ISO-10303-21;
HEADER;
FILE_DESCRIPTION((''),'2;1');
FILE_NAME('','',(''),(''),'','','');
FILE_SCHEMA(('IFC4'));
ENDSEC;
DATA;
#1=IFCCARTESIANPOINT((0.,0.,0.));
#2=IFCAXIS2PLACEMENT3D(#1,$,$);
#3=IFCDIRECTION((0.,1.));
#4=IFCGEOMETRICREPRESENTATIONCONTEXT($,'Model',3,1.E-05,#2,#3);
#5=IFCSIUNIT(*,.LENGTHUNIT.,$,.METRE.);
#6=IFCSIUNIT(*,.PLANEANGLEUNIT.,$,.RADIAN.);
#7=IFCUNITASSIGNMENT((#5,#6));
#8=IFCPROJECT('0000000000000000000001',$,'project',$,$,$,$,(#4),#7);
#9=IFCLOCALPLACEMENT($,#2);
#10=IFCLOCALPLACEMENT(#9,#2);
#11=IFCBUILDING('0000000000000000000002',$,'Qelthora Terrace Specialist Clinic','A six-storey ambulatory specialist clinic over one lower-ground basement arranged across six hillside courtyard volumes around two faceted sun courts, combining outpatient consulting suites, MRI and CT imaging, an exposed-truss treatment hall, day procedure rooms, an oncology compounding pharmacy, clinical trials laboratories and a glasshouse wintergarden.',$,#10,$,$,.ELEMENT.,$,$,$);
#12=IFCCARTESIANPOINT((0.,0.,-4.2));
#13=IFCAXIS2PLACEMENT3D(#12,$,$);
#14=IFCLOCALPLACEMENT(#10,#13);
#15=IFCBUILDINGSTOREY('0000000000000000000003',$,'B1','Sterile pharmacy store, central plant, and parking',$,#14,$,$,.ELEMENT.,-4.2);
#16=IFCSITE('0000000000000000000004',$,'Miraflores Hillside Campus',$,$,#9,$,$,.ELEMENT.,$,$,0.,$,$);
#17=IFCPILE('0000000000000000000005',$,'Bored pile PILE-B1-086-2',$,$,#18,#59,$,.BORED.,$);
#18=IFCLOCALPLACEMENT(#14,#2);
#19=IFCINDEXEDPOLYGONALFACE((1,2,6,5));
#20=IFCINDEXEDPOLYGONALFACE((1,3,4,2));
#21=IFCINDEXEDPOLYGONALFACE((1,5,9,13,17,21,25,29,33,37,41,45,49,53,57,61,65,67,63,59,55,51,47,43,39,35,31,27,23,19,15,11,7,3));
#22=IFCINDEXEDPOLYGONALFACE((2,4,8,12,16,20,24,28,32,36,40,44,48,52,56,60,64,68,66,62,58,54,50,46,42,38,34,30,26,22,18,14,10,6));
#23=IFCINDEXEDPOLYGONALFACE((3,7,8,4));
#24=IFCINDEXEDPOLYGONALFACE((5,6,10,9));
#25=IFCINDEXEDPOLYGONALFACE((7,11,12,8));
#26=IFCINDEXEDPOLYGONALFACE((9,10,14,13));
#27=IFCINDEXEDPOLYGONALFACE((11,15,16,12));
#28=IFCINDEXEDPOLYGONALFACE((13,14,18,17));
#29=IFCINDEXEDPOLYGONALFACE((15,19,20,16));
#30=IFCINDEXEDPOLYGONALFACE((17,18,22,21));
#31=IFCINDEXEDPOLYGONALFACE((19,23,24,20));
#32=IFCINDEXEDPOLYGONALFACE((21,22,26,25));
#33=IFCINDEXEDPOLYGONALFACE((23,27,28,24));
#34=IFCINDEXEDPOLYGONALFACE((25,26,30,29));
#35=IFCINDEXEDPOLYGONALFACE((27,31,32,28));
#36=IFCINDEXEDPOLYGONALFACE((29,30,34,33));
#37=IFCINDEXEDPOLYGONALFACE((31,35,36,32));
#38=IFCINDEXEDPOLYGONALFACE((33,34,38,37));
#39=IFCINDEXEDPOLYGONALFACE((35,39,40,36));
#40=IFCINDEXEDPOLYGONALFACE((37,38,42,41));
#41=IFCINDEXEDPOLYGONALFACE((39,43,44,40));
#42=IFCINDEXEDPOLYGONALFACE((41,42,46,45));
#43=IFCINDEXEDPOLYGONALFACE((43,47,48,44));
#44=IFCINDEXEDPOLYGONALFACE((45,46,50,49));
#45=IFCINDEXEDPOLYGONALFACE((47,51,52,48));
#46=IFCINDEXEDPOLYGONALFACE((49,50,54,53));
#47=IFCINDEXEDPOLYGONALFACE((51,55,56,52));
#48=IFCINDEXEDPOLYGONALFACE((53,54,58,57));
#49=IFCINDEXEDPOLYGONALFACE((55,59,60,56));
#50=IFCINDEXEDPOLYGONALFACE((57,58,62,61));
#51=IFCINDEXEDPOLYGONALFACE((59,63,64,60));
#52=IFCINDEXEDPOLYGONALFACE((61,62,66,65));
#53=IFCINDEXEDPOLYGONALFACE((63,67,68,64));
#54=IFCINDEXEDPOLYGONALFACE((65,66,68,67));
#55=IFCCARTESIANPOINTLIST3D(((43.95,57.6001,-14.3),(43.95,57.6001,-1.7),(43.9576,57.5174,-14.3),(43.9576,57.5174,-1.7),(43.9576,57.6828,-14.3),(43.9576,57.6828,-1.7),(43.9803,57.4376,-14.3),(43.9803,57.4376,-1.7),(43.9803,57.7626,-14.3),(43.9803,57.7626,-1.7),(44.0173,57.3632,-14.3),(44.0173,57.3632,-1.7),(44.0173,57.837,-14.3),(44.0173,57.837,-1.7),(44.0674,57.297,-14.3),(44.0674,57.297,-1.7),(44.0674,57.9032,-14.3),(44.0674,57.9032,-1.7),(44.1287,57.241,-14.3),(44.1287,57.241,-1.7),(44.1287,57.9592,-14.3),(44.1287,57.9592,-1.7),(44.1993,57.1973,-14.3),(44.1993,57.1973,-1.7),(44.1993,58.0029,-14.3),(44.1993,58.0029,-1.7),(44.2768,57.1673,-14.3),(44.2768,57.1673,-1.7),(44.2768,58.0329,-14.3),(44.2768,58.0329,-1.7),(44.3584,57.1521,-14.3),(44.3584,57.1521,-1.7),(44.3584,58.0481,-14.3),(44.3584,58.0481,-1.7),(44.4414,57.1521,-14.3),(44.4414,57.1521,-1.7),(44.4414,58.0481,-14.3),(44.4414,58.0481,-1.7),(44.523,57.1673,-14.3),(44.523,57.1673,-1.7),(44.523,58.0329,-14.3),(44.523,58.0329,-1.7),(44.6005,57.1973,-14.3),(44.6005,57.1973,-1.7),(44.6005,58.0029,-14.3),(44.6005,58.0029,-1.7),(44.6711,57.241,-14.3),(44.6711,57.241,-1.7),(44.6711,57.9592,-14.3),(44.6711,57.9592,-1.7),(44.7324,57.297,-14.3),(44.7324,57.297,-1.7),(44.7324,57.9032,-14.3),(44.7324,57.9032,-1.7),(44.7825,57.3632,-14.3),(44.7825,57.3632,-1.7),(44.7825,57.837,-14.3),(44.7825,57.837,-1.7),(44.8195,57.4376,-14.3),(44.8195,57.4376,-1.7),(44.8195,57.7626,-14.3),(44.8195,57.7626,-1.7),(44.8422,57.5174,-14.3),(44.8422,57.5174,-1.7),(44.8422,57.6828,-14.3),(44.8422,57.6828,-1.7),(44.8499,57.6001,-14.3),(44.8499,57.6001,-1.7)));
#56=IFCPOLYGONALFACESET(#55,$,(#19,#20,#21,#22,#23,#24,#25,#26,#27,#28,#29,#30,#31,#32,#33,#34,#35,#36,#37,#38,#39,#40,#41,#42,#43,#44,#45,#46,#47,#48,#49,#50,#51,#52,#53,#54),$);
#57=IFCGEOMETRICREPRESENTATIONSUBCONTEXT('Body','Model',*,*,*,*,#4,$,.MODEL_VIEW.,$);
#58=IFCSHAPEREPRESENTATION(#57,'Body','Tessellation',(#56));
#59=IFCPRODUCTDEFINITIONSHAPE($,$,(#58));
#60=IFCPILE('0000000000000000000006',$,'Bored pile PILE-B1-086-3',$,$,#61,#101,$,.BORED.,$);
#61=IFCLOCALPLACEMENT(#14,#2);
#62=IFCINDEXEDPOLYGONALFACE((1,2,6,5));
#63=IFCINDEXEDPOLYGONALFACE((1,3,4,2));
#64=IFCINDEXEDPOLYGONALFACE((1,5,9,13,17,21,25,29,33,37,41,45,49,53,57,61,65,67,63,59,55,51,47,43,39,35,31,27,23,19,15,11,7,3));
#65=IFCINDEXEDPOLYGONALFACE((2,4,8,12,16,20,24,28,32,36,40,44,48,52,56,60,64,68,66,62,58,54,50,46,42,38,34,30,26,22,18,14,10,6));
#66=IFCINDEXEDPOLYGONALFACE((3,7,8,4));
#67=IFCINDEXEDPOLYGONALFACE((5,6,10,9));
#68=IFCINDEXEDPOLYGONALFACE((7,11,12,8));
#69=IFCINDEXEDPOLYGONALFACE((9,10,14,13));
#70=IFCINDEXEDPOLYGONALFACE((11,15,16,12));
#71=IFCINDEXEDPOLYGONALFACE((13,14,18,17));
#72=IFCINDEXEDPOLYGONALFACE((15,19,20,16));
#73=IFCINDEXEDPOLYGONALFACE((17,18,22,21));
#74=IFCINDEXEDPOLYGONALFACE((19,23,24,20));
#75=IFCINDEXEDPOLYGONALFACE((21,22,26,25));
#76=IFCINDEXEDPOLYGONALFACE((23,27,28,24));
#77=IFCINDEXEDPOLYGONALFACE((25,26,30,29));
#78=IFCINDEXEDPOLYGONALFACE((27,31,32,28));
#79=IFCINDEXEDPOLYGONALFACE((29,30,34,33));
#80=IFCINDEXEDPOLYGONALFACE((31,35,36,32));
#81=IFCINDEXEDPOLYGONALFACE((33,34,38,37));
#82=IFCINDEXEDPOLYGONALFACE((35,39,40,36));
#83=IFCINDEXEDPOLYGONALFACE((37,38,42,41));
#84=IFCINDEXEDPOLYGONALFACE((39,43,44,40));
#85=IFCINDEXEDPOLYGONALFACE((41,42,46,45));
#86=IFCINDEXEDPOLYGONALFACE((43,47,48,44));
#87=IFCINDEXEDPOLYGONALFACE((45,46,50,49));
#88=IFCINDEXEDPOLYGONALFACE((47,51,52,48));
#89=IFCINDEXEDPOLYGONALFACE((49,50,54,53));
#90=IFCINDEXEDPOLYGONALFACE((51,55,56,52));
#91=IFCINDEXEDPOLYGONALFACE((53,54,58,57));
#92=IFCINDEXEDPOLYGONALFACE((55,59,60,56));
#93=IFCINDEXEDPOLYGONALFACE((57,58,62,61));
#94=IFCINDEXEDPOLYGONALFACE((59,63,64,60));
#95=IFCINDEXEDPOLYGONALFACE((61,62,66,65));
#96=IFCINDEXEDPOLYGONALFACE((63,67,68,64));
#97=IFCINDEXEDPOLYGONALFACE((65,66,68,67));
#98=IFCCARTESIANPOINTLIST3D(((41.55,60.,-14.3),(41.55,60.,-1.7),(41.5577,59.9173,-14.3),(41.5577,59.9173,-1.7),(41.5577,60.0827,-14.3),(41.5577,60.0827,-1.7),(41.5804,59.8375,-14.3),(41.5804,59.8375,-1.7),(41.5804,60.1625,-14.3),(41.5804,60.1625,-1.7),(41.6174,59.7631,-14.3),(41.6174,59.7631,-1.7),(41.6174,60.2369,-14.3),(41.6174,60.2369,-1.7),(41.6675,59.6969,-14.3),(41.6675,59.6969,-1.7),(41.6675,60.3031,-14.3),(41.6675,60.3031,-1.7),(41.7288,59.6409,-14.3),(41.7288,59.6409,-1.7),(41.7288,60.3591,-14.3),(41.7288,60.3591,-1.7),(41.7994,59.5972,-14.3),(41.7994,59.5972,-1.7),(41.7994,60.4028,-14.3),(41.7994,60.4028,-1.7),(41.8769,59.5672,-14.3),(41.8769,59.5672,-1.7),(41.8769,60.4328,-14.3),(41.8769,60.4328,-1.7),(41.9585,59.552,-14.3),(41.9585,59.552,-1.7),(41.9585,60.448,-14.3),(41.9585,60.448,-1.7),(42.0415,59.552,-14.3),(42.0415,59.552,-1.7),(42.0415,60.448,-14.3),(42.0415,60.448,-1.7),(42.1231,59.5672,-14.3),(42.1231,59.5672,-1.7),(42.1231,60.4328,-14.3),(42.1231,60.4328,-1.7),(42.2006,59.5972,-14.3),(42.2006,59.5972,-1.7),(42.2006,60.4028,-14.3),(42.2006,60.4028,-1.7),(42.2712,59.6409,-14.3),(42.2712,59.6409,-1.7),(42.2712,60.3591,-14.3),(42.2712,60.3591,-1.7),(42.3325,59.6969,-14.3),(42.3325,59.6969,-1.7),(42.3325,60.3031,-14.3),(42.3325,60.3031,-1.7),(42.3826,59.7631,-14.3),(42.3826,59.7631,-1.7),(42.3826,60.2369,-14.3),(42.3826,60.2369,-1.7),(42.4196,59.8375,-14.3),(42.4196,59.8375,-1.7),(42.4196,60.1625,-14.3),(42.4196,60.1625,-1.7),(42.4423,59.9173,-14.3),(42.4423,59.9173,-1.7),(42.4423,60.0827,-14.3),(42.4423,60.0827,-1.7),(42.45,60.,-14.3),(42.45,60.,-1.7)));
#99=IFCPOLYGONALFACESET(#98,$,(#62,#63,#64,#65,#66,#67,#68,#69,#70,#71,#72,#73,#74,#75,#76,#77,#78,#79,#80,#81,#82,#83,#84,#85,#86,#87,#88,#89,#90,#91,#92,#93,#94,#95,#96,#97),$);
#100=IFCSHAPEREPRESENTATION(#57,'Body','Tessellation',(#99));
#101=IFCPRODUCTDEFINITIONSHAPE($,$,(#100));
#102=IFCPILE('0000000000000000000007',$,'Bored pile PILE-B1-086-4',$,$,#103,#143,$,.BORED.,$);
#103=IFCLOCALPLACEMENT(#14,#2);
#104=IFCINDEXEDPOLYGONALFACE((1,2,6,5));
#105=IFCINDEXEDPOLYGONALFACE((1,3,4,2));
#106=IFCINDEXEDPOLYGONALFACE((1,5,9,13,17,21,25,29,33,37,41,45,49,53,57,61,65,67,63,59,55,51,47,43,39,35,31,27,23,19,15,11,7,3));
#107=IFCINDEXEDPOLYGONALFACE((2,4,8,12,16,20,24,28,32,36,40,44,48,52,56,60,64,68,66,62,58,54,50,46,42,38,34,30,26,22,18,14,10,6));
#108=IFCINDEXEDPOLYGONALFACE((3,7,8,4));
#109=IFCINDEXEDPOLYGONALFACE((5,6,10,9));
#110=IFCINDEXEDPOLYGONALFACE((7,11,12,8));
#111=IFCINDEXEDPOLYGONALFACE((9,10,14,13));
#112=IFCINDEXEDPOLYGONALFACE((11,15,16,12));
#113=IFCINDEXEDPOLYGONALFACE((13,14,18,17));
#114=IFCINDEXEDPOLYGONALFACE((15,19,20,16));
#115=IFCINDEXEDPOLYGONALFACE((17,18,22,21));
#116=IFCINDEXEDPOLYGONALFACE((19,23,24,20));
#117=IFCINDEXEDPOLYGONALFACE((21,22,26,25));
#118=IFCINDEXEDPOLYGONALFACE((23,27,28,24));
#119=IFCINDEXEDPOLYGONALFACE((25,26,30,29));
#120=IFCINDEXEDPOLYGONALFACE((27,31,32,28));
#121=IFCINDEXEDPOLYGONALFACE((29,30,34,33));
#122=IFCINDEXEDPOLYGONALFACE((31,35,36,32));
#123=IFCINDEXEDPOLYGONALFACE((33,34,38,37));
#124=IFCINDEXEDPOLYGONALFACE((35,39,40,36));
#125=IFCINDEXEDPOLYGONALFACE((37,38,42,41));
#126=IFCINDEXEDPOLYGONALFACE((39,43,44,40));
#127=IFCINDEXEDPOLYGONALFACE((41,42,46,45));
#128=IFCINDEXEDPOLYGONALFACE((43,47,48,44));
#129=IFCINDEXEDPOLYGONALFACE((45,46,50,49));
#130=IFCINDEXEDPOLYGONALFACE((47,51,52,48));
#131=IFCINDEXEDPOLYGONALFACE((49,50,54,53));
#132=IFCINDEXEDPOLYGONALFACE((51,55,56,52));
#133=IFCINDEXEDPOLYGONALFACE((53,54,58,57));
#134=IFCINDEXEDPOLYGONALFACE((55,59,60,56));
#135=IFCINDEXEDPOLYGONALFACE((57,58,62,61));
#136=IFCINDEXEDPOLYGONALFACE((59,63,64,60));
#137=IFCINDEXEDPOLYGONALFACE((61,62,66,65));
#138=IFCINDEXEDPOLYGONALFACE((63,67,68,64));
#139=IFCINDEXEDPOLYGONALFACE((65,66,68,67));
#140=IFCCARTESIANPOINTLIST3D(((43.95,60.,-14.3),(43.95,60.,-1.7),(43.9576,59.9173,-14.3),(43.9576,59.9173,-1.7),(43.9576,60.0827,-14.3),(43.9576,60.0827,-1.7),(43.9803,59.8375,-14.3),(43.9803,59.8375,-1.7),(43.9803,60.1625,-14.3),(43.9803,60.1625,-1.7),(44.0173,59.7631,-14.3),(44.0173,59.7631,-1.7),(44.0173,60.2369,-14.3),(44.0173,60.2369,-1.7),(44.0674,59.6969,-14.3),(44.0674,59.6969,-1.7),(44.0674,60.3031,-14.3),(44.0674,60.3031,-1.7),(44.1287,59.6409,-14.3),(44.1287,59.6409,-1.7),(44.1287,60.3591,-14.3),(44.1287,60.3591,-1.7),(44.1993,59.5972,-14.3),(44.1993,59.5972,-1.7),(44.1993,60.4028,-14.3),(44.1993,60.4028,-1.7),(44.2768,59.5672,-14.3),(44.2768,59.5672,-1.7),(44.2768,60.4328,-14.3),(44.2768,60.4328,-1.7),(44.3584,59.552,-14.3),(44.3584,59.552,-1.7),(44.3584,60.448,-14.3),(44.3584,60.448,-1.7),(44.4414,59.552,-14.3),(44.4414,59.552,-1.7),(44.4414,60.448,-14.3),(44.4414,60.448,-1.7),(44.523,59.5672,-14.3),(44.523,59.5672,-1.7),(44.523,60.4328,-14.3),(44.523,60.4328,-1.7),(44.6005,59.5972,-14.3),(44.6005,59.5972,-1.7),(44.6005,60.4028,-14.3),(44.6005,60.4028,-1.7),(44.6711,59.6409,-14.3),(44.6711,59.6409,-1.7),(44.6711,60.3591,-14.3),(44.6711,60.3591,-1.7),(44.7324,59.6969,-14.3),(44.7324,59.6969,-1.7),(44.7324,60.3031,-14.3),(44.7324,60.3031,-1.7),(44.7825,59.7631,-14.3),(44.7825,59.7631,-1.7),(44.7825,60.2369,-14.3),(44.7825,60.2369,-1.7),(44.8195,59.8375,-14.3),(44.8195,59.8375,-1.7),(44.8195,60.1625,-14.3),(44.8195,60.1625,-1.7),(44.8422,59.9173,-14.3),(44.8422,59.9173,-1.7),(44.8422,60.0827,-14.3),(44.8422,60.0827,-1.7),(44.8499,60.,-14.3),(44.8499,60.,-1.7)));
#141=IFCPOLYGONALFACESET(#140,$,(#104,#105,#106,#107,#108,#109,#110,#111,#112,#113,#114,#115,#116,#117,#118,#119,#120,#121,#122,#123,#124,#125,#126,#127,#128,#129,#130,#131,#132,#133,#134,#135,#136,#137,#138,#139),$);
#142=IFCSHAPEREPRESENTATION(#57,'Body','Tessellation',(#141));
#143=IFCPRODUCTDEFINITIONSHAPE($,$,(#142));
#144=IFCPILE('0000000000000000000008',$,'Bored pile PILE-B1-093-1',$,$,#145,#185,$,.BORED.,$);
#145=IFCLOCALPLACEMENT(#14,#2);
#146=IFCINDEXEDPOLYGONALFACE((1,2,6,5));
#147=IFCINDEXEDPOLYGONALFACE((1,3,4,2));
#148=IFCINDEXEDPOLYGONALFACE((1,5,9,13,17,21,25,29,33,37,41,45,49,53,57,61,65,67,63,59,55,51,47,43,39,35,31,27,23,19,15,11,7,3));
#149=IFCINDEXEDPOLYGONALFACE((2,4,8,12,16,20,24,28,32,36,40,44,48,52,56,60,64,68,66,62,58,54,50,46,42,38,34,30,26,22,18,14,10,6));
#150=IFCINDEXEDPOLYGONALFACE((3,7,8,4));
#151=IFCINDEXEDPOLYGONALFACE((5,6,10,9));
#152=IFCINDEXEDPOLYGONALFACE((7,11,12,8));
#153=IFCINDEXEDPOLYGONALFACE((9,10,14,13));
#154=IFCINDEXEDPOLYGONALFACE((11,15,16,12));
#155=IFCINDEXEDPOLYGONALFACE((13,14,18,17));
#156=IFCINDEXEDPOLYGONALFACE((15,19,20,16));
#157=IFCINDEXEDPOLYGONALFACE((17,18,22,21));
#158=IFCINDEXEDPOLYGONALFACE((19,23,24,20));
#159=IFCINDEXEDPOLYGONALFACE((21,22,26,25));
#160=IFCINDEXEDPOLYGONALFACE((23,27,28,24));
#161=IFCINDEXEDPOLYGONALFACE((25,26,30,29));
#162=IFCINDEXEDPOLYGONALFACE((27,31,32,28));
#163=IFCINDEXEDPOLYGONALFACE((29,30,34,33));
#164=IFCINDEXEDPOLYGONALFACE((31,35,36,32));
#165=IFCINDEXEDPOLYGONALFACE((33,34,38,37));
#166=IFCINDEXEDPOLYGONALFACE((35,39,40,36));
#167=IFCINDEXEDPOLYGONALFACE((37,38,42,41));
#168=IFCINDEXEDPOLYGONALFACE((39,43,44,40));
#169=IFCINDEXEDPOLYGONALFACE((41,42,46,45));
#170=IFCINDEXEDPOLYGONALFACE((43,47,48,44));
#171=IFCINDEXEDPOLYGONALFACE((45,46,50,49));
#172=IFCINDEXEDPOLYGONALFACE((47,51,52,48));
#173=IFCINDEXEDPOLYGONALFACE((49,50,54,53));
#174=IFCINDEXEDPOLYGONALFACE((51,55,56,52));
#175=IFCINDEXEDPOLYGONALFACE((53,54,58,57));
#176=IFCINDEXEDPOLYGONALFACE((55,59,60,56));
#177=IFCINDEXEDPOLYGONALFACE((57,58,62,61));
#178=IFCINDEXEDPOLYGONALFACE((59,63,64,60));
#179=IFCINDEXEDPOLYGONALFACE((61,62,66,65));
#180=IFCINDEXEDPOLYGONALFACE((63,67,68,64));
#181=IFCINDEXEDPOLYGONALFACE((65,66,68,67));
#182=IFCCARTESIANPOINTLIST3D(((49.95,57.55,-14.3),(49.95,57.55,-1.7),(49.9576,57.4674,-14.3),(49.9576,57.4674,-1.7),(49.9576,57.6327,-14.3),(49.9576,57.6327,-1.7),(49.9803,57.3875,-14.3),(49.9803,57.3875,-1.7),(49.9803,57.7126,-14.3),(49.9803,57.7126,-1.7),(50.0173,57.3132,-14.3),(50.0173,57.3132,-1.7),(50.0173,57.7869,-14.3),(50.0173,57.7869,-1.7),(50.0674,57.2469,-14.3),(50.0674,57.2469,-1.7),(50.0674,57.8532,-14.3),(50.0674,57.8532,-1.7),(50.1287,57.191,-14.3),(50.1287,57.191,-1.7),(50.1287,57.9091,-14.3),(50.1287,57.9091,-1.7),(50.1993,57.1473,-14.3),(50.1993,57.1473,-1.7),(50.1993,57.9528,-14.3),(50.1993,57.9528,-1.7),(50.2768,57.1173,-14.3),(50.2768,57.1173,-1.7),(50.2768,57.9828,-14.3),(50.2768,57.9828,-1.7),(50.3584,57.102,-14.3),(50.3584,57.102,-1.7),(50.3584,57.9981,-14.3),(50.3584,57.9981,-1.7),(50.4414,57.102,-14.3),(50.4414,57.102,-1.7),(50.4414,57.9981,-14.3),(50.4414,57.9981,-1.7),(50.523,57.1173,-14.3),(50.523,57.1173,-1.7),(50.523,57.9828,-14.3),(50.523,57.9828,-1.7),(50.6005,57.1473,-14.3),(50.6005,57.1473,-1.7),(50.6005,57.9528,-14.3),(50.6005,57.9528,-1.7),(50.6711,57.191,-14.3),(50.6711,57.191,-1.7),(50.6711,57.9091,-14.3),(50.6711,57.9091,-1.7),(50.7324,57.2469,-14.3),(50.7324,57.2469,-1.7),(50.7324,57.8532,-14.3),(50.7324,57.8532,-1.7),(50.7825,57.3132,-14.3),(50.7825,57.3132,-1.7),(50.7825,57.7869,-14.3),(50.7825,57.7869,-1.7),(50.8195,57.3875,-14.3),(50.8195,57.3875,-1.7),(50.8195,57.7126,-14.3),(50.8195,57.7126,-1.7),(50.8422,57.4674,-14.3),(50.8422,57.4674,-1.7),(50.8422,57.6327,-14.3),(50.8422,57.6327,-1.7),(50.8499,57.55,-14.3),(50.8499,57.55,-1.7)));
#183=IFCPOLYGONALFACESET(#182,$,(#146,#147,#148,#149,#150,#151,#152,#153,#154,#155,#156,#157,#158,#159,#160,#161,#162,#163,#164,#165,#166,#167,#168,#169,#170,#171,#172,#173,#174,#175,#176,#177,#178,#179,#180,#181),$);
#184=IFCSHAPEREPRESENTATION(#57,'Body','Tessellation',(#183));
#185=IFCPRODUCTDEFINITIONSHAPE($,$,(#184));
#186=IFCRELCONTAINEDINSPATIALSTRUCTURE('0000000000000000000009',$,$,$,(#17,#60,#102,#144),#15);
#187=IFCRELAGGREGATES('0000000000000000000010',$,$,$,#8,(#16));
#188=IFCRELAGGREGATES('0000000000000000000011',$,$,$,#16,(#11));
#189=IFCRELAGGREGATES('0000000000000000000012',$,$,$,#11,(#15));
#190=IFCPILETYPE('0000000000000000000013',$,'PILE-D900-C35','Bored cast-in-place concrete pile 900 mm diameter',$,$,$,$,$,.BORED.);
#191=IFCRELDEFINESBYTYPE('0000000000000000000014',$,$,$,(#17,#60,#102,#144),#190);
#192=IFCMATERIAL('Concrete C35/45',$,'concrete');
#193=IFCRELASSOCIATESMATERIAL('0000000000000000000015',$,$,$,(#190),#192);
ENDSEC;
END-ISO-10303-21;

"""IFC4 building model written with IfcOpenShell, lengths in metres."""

from ifc_helpers import new_model, si_unit, direction, frame, origin, origin_2d, place, context, subcontext, project, spatial, circle, extrude, material, material_profile, profile_set, type_object, element, save


model = new_model("IFC4")

# Units and contexts
model_context = context("Model", 3, precision=1e-05, world=origin(), true_north=direction((0.0, 1.0)))
body_context = subcontext(model_context, "Body", "Model", "MODEL_VIEW")
ifc_project = project(units=[si_unit("LENGTHUNIT", "METRE"), si_unit("PLANEANGLEUNIT", "RADIAN")], contexts=[model_context])

# Site, building, storey
site_placement = place(None, origin())
site = spatial("IfcSite", under=ifc_project, at=site_placement, Name="Miraflores Hillside Campus", CompositionType="ELEMENT", RefElevation=0.0)
building_placement = place(site_placement, origin())
building = spatial("IfcBuilding", under=site, at=building_placement, Name="Qelthora Terrace Specialist Clinic", Description="A six-storey ambulatory specialist clinic over one lower-ground basement arranged across six hillside courtyard volumes around two faceted sun courts, combining outpatient consulting suites, MRI and CT imaging, an exposed-truss treatment hall, day procedure rooms, an oncology compounding pharmacy, clinical trials laboratories and a glasshouse wintergarden.", CompositionType="ELEMENT")
storey_placement = place(building_placement, frame((0.0, 0.0, -4.2)))
storey = spatial("IfcBuildingStorey", under=building, at=storey_placement, Name="B1", Description="Sterile pharmacy store, central plant, and parking", CompositionType="ELEMENT", Elevation=-4.2)

# Shared definitions
ifc_material_1 = material(Name="Concrete C35/45", Category="concrete")

# Piles
ifc_material_profile_1 = material_profile(ifc_material_1, circle(Radius=0.45, at=origin_2d()), Name="PILE900")
ifc_profile_set_1 = profile_set([ifc_material_profile_1], Name="Concrete C35/45")
pile_type_1 = type_object("IfcPileType", Name="PILE-D900-C35", Description="Bored cast-in-place concrete pile 900 mm diameter", PredefinedType="BORED", material=ifc_profile_set_1)
for number, where, z_axis, x_axis, name in (
    (1, (44.3999, 57.6001, -1.7), (0.0, 0.0, -1.0), (1.0, 0.0, 0.0), "Bored pile PILE-B1-086-2"),
    (2, (42.0, 60.0, -1.7), (0.0, 0.0, -1.0), (1.0, 0.0, 0.0), "Bored pile PILE-B1-086-3"),
    (3, (44.3999, 60.0, -1.7), (0.0, 0.0, -1.0), (1.0, 0.0, 0.0), "Bored pile PILE-B1-086-4"),
    (4, (50.3999, 57.55, -1.7), (0.0, 0.0, -1.0), (1.0, 0.0, 0.0), "Bored pile PILE-B1-093-1"),
):
    element("IfcPile", number, at=place(storey_placement, frame(where, z_axis=z_axis, x_axis=x_axis)), inside=storey, type_object=pile_type_1, Name=name, PredefinedType="BORED", context=body_context, shape_type="SweptSolid", body=[
        extrude(circle(Radius=0.45, at=origin_2d()), origin(), (0.0, 0.0, 1.0), 12.6001),
    ])

save(model, "model.ifc")
